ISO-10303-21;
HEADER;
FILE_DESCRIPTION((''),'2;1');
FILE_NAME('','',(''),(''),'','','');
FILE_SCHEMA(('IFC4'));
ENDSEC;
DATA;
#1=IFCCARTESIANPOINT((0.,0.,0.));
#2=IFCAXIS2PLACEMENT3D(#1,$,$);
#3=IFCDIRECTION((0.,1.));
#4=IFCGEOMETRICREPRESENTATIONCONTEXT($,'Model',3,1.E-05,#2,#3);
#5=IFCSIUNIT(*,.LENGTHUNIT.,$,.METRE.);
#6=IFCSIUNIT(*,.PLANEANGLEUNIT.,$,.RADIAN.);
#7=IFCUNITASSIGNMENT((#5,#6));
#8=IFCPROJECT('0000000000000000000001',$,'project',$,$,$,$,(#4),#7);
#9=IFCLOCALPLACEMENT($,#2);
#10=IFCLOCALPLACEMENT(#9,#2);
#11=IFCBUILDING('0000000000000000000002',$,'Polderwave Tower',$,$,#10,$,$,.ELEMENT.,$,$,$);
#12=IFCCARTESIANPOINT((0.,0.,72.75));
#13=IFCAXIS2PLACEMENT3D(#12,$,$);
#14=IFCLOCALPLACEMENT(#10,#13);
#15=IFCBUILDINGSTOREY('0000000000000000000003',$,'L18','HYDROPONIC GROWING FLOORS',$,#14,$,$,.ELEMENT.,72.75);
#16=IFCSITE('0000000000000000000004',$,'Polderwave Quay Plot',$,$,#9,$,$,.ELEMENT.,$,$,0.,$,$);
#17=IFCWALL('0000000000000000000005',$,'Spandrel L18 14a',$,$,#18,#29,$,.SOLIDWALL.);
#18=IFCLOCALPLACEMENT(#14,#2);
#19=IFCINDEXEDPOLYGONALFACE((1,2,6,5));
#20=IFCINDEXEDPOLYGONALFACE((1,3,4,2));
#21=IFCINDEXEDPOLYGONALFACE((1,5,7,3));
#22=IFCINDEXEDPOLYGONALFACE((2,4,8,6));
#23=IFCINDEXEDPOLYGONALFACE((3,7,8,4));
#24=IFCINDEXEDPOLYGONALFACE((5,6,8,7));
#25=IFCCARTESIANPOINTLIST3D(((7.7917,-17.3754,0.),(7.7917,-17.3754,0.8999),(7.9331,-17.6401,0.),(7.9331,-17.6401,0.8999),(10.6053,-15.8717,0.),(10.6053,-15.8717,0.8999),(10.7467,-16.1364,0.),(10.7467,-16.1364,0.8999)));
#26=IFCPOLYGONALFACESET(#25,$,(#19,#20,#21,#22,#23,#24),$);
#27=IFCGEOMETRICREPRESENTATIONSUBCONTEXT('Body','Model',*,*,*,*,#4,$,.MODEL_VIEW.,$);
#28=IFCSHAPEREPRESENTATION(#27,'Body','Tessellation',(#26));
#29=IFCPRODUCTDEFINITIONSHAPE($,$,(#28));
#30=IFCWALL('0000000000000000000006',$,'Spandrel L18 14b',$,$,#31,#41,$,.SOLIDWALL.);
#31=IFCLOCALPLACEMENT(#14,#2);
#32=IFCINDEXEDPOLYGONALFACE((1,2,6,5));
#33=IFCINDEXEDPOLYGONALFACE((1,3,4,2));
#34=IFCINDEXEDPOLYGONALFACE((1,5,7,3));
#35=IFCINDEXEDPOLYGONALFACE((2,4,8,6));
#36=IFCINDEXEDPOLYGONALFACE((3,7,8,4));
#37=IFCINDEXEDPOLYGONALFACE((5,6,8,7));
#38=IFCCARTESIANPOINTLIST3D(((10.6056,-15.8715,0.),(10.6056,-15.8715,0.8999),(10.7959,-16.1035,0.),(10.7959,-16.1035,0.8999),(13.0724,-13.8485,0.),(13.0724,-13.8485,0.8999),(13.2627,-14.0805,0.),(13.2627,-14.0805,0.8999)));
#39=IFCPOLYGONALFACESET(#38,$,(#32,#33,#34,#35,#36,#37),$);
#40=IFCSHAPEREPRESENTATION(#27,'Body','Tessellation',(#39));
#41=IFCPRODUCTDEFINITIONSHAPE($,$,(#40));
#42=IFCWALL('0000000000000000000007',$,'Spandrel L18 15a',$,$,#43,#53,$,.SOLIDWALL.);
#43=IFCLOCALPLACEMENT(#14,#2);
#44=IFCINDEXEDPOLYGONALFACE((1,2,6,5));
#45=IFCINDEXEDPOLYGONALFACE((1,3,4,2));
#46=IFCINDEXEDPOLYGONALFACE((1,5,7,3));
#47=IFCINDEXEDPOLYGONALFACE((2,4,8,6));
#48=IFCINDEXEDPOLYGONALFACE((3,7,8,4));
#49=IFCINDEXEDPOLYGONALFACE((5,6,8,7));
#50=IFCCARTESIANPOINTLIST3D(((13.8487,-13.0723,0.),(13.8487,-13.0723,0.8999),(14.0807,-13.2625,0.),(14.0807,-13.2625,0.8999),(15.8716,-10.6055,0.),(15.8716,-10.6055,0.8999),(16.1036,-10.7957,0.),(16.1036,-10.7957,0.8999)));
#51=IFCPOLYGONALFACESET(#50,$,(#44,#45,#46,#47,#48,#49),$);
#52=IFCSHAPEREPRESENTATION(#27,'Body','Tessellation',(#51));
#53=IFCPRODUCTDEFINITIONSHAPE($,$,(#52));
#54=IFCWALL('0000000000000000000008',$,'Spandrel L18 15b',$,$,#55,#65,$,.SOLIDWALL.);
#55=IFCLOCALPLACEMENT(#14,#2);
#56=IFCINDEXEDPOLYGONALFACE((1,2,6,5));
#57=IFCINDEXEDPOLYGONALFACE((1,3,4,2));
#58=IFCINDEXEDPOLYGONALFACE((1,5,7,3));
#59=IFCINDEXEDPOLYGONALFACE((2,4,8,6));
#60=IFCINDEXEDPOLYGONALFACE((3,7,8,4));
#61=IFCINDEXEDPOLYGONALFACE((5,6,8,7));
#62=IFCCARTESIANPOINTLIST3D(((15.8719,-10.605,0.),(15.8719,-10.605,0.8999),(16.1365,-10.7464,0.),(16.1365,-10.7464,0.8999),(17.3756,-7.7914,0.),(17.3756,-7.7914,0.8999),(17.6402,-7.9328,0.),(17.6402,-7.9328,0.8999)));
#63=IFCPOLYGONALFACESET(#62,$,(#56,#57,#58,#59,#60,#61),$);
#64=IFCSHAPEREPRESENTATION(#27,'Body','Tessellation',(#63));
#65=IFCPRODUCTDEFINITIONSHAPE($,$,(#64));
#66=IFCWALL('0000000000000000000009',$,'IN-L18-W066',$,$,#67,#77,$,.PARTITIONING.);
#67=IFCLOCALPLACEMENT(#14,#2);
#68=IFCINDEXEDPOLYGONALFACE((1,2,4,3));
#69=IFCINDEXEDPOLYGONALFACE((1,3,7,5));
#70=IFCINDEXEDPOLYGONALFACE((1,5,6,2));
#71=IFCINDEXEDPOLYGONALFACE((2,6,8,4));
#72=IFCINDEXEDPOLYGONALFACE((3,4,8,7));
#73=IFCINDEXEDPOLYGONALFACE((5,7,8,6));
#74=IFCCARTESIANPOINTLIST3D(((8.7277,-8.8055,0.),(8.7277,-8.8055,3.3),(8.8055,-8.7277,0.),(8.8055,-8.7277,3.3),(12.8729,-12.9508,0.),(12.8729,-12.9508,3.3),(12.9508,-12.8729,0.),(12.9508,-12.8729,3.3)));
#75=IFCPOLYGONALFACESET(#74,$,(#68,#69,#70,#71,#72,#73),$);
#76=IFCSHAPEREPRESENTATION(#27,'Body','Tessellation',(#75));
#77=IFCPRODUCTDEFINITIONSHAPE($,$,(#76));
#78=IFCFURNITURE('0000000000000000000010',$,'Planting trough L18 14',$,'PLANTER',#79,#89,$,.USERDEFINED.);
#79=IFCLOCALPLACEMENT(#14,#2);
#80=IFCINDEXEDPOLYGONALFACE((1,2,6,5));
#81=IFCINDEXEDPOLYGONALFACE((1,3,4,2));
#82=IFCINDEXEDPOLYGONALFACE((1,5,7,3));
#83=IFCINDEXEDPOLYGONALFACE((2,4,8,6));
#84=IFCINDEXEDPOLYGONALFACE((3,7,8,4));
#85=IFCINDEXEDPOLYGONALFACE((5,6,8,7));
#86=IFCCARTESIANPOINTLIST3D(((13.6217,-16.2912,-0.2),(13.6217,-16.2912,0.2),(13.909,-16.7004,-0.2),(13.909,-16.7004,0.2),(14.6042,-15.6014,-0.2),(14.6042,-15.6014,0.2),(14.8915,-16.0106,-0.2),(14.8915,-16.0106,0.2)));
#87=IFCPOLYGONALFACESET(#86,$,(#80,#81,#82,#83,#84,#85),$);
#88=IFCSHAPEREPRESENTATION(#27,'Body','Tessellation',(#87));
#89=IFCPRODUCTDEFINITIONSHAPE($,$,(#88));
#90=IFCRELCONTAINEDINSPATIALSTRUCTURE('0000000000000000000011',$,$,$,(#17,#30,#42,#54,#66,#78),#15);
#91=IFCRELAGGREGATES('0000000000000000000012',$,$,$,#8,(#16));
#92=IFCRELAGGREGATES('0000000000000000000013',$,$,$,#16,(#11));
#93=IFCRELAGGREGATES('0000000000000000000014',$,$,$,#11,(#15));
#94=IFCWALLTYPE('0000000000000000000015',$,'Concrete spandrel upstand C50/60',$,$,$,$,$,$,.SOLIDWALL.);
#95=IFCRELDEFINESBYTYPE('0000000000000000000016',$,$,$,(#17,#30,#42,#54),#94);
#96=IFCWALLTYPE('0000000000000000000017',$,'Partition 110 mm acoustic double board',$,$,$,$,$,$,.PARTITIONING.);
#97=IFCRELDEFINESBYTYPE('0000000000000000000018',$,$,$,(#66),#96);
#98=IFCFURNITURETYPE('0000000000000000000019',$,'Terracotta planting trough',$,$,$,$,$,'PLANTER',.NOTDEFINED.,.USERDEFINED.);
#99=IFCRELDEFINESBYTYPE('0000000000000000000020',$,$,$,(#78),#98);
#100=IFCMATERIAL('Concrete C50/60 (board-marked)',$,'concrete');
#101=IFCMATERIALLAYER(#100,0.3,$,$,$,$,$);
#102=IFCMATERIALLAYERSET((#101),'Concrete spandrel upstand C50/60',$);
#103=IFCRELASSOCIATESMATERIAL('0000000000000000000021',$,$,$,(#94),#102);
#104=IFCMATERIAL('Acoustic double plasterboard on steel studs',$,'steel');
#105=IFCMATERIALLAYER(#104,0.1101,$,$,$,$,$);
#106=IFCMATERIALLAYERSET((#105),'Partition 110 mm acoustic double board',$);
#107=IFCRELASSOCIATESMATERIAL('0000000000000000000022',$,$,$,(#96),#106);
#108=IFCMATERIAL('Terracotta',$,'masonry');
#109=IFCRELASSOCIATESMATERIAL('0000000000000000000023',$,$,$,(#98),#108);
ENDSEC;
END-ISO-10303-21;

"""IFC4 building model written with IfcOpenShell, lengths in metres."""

from ifc_helpers import new_model, si_unit, direction, frame, frame_2d, origin, origin_2d, place, context, subcontext, project, spatial, rectangle, extrude, material, layer, layer_set, type_object, element, save


model = new_model("IFC4")

# Units and contexts
model_context = context("Model", 3, precision=1e-05, world=origin(), true_north=direction((0.0, 1.0)))
body_context = subcontext(model_context, "Body", "Model", "MODEL_VIEW")
ifc_project = project(units=[si_unit("LENGTHUNIT", "METRE"), si_unit("PLANEANGLEUNIT", "RADIAN")], contexts=[model_context])

# Site, building, storey
site_placement = place(None, origin())
site = spatial("IfcSite", under=ifc_project, at=site_placement, Name="Polderwave Quay Plot", CompositionType="ELEMENT", RefElevation=0.0)
building_placement = place(site_placement, origin())
building = spatial("IfcBuilding", under=site, at=building_placement, Name="Polderwave Tower", CompositionType="ELEMENT")
storey_placement = place(building_placement, frame((0.0, 0.0, 72.75)))
storey = spatial("IfcBuildingStorey", under=building, at=storey_placement, Name="L18", Description="HYDROPONIC GROWING FLOORS", CompositionType="ELEMENT", Elevation=72.75)

# Walls
ifc_material_1 = material(Name="Concrete C50/60 (board-marked)", Category="concrete")
ifc_layer_1 = layer(ifc_material_1, 0.3)
ifc_layer_set_1 = layer_set([ifc_layer_1], Name="Concrete spandrel upstand C50/60")
wall_type_1 = type_object("IfcWallType", Name="Concrete spandrel upstand C50/60", PredefinedType="SOLIDWALL", material=ifc_layer_set_1)
for number, where, z_axis, x_axis, name in (
    (1, (7.8623, -17.5078, 0.0), (0.0, 0.0, 1.0), (0.881944, 0.471355, 0.0), "Spandrel L18 14a"),
    (2, (10.7007, -15.9875, 0.0), (0.0, 0.0, 1.0), (0.773241, 0.634113, 0.0), "Spandrel L18 14b"),
    (3, (13.9646, -13.1675, 0.0), (0.0, 0.0, 1.0), (0.634113, 0.773241, 0.0), "Spandrel L18 15a"),
    (4, (16.0042, -10.6758, 0.0), (0.0, 0.0, 1.0), (0.471355, 0.881944, 0.0), "Spandrel L18 15b"),
):
    element("IfcWall", number, at=place(storey_placement, frame(where, z_axis=z_axis, x_axis=x_axis)), inside=storey, type_object=wall_type_1, Name=name, PredefinedType="SOLIDWALL", context=body_context, shape_type="SweptSolid", body=[
        extrude(rectangle(XDim=3.1902, YDim=0.3, at=frame_2d((1.5952, 0.0))), origin(), (0.0, 0.0, 1.0), 0.8999),
    ])
ifc_material_2 = material(Name="Acoustic double plasterboard on steel studs", Category="steel")
ifc_layer_2 = layer(ifc_material_2, 0.1101)
ifc_layer_set_2 = layer_set([ifc_layer_2], Name="Partition 110 mm acoustic double board")
wall_type_2 = type_object("IfcWallType", Name="Partition 110 mm acoustic double board", PredefinedType="PARTITIONING", material=ifc_layer_set_2)
wall_placement = place(storey_placement, frame((8.7666, -8.7666, 0.0), z_axis=(0.0, 0.0, 1.0), x_axis=(0.707107, -0.707107, 0.0)))
element("IfcWall", 5, at=wall_placement, inside=storey, type_object=wall_type_2, Name="IN-L18-W066", PredefinedType="PARTITIONING", context=body_context, shape_type="SweptSolid", body=[
    extrude(rectangle(XDim=5.8623, YDim=0.1101, at=frame_2d((2.9312, 0.0))), origin(), (0.0, 0.0, 1.0), 3.3),
])

# Furniture
ifc_material_3 = material(Name="Terracotta", Category="masonry")
furniture_type = type_object("IfcFurnitureType", Name="Terracotta planting trough", ElementType="PLANTER", AssemblyPlace="NOTDEFINED", PredefinedType="USERDEFINED", material=ifc_material_3)
furniture_placement = place(storey_placement, frame((14.2566, -16.1509, -0.2), z_axis=(0.0, 0.0, 1.0), x_axis=(0.818423, 0.574617, 0.0)))
element("IfcFurniture", 6, at=furniture_placement, inside=storey, type_object=furniture_type, Name="Planting trough L18 14", ObjectType="PLANTER", PredefinedType="USERDEFINED", context=body_context, shape_type="SweptSolid", body=[
    extrude(rectangle(XDim=1.2004, YDim=0.5, at=origin_2d()), origin(), (0.0, 0.0, 1.0), 0.3999),
])

save(model, "model.ifc")
